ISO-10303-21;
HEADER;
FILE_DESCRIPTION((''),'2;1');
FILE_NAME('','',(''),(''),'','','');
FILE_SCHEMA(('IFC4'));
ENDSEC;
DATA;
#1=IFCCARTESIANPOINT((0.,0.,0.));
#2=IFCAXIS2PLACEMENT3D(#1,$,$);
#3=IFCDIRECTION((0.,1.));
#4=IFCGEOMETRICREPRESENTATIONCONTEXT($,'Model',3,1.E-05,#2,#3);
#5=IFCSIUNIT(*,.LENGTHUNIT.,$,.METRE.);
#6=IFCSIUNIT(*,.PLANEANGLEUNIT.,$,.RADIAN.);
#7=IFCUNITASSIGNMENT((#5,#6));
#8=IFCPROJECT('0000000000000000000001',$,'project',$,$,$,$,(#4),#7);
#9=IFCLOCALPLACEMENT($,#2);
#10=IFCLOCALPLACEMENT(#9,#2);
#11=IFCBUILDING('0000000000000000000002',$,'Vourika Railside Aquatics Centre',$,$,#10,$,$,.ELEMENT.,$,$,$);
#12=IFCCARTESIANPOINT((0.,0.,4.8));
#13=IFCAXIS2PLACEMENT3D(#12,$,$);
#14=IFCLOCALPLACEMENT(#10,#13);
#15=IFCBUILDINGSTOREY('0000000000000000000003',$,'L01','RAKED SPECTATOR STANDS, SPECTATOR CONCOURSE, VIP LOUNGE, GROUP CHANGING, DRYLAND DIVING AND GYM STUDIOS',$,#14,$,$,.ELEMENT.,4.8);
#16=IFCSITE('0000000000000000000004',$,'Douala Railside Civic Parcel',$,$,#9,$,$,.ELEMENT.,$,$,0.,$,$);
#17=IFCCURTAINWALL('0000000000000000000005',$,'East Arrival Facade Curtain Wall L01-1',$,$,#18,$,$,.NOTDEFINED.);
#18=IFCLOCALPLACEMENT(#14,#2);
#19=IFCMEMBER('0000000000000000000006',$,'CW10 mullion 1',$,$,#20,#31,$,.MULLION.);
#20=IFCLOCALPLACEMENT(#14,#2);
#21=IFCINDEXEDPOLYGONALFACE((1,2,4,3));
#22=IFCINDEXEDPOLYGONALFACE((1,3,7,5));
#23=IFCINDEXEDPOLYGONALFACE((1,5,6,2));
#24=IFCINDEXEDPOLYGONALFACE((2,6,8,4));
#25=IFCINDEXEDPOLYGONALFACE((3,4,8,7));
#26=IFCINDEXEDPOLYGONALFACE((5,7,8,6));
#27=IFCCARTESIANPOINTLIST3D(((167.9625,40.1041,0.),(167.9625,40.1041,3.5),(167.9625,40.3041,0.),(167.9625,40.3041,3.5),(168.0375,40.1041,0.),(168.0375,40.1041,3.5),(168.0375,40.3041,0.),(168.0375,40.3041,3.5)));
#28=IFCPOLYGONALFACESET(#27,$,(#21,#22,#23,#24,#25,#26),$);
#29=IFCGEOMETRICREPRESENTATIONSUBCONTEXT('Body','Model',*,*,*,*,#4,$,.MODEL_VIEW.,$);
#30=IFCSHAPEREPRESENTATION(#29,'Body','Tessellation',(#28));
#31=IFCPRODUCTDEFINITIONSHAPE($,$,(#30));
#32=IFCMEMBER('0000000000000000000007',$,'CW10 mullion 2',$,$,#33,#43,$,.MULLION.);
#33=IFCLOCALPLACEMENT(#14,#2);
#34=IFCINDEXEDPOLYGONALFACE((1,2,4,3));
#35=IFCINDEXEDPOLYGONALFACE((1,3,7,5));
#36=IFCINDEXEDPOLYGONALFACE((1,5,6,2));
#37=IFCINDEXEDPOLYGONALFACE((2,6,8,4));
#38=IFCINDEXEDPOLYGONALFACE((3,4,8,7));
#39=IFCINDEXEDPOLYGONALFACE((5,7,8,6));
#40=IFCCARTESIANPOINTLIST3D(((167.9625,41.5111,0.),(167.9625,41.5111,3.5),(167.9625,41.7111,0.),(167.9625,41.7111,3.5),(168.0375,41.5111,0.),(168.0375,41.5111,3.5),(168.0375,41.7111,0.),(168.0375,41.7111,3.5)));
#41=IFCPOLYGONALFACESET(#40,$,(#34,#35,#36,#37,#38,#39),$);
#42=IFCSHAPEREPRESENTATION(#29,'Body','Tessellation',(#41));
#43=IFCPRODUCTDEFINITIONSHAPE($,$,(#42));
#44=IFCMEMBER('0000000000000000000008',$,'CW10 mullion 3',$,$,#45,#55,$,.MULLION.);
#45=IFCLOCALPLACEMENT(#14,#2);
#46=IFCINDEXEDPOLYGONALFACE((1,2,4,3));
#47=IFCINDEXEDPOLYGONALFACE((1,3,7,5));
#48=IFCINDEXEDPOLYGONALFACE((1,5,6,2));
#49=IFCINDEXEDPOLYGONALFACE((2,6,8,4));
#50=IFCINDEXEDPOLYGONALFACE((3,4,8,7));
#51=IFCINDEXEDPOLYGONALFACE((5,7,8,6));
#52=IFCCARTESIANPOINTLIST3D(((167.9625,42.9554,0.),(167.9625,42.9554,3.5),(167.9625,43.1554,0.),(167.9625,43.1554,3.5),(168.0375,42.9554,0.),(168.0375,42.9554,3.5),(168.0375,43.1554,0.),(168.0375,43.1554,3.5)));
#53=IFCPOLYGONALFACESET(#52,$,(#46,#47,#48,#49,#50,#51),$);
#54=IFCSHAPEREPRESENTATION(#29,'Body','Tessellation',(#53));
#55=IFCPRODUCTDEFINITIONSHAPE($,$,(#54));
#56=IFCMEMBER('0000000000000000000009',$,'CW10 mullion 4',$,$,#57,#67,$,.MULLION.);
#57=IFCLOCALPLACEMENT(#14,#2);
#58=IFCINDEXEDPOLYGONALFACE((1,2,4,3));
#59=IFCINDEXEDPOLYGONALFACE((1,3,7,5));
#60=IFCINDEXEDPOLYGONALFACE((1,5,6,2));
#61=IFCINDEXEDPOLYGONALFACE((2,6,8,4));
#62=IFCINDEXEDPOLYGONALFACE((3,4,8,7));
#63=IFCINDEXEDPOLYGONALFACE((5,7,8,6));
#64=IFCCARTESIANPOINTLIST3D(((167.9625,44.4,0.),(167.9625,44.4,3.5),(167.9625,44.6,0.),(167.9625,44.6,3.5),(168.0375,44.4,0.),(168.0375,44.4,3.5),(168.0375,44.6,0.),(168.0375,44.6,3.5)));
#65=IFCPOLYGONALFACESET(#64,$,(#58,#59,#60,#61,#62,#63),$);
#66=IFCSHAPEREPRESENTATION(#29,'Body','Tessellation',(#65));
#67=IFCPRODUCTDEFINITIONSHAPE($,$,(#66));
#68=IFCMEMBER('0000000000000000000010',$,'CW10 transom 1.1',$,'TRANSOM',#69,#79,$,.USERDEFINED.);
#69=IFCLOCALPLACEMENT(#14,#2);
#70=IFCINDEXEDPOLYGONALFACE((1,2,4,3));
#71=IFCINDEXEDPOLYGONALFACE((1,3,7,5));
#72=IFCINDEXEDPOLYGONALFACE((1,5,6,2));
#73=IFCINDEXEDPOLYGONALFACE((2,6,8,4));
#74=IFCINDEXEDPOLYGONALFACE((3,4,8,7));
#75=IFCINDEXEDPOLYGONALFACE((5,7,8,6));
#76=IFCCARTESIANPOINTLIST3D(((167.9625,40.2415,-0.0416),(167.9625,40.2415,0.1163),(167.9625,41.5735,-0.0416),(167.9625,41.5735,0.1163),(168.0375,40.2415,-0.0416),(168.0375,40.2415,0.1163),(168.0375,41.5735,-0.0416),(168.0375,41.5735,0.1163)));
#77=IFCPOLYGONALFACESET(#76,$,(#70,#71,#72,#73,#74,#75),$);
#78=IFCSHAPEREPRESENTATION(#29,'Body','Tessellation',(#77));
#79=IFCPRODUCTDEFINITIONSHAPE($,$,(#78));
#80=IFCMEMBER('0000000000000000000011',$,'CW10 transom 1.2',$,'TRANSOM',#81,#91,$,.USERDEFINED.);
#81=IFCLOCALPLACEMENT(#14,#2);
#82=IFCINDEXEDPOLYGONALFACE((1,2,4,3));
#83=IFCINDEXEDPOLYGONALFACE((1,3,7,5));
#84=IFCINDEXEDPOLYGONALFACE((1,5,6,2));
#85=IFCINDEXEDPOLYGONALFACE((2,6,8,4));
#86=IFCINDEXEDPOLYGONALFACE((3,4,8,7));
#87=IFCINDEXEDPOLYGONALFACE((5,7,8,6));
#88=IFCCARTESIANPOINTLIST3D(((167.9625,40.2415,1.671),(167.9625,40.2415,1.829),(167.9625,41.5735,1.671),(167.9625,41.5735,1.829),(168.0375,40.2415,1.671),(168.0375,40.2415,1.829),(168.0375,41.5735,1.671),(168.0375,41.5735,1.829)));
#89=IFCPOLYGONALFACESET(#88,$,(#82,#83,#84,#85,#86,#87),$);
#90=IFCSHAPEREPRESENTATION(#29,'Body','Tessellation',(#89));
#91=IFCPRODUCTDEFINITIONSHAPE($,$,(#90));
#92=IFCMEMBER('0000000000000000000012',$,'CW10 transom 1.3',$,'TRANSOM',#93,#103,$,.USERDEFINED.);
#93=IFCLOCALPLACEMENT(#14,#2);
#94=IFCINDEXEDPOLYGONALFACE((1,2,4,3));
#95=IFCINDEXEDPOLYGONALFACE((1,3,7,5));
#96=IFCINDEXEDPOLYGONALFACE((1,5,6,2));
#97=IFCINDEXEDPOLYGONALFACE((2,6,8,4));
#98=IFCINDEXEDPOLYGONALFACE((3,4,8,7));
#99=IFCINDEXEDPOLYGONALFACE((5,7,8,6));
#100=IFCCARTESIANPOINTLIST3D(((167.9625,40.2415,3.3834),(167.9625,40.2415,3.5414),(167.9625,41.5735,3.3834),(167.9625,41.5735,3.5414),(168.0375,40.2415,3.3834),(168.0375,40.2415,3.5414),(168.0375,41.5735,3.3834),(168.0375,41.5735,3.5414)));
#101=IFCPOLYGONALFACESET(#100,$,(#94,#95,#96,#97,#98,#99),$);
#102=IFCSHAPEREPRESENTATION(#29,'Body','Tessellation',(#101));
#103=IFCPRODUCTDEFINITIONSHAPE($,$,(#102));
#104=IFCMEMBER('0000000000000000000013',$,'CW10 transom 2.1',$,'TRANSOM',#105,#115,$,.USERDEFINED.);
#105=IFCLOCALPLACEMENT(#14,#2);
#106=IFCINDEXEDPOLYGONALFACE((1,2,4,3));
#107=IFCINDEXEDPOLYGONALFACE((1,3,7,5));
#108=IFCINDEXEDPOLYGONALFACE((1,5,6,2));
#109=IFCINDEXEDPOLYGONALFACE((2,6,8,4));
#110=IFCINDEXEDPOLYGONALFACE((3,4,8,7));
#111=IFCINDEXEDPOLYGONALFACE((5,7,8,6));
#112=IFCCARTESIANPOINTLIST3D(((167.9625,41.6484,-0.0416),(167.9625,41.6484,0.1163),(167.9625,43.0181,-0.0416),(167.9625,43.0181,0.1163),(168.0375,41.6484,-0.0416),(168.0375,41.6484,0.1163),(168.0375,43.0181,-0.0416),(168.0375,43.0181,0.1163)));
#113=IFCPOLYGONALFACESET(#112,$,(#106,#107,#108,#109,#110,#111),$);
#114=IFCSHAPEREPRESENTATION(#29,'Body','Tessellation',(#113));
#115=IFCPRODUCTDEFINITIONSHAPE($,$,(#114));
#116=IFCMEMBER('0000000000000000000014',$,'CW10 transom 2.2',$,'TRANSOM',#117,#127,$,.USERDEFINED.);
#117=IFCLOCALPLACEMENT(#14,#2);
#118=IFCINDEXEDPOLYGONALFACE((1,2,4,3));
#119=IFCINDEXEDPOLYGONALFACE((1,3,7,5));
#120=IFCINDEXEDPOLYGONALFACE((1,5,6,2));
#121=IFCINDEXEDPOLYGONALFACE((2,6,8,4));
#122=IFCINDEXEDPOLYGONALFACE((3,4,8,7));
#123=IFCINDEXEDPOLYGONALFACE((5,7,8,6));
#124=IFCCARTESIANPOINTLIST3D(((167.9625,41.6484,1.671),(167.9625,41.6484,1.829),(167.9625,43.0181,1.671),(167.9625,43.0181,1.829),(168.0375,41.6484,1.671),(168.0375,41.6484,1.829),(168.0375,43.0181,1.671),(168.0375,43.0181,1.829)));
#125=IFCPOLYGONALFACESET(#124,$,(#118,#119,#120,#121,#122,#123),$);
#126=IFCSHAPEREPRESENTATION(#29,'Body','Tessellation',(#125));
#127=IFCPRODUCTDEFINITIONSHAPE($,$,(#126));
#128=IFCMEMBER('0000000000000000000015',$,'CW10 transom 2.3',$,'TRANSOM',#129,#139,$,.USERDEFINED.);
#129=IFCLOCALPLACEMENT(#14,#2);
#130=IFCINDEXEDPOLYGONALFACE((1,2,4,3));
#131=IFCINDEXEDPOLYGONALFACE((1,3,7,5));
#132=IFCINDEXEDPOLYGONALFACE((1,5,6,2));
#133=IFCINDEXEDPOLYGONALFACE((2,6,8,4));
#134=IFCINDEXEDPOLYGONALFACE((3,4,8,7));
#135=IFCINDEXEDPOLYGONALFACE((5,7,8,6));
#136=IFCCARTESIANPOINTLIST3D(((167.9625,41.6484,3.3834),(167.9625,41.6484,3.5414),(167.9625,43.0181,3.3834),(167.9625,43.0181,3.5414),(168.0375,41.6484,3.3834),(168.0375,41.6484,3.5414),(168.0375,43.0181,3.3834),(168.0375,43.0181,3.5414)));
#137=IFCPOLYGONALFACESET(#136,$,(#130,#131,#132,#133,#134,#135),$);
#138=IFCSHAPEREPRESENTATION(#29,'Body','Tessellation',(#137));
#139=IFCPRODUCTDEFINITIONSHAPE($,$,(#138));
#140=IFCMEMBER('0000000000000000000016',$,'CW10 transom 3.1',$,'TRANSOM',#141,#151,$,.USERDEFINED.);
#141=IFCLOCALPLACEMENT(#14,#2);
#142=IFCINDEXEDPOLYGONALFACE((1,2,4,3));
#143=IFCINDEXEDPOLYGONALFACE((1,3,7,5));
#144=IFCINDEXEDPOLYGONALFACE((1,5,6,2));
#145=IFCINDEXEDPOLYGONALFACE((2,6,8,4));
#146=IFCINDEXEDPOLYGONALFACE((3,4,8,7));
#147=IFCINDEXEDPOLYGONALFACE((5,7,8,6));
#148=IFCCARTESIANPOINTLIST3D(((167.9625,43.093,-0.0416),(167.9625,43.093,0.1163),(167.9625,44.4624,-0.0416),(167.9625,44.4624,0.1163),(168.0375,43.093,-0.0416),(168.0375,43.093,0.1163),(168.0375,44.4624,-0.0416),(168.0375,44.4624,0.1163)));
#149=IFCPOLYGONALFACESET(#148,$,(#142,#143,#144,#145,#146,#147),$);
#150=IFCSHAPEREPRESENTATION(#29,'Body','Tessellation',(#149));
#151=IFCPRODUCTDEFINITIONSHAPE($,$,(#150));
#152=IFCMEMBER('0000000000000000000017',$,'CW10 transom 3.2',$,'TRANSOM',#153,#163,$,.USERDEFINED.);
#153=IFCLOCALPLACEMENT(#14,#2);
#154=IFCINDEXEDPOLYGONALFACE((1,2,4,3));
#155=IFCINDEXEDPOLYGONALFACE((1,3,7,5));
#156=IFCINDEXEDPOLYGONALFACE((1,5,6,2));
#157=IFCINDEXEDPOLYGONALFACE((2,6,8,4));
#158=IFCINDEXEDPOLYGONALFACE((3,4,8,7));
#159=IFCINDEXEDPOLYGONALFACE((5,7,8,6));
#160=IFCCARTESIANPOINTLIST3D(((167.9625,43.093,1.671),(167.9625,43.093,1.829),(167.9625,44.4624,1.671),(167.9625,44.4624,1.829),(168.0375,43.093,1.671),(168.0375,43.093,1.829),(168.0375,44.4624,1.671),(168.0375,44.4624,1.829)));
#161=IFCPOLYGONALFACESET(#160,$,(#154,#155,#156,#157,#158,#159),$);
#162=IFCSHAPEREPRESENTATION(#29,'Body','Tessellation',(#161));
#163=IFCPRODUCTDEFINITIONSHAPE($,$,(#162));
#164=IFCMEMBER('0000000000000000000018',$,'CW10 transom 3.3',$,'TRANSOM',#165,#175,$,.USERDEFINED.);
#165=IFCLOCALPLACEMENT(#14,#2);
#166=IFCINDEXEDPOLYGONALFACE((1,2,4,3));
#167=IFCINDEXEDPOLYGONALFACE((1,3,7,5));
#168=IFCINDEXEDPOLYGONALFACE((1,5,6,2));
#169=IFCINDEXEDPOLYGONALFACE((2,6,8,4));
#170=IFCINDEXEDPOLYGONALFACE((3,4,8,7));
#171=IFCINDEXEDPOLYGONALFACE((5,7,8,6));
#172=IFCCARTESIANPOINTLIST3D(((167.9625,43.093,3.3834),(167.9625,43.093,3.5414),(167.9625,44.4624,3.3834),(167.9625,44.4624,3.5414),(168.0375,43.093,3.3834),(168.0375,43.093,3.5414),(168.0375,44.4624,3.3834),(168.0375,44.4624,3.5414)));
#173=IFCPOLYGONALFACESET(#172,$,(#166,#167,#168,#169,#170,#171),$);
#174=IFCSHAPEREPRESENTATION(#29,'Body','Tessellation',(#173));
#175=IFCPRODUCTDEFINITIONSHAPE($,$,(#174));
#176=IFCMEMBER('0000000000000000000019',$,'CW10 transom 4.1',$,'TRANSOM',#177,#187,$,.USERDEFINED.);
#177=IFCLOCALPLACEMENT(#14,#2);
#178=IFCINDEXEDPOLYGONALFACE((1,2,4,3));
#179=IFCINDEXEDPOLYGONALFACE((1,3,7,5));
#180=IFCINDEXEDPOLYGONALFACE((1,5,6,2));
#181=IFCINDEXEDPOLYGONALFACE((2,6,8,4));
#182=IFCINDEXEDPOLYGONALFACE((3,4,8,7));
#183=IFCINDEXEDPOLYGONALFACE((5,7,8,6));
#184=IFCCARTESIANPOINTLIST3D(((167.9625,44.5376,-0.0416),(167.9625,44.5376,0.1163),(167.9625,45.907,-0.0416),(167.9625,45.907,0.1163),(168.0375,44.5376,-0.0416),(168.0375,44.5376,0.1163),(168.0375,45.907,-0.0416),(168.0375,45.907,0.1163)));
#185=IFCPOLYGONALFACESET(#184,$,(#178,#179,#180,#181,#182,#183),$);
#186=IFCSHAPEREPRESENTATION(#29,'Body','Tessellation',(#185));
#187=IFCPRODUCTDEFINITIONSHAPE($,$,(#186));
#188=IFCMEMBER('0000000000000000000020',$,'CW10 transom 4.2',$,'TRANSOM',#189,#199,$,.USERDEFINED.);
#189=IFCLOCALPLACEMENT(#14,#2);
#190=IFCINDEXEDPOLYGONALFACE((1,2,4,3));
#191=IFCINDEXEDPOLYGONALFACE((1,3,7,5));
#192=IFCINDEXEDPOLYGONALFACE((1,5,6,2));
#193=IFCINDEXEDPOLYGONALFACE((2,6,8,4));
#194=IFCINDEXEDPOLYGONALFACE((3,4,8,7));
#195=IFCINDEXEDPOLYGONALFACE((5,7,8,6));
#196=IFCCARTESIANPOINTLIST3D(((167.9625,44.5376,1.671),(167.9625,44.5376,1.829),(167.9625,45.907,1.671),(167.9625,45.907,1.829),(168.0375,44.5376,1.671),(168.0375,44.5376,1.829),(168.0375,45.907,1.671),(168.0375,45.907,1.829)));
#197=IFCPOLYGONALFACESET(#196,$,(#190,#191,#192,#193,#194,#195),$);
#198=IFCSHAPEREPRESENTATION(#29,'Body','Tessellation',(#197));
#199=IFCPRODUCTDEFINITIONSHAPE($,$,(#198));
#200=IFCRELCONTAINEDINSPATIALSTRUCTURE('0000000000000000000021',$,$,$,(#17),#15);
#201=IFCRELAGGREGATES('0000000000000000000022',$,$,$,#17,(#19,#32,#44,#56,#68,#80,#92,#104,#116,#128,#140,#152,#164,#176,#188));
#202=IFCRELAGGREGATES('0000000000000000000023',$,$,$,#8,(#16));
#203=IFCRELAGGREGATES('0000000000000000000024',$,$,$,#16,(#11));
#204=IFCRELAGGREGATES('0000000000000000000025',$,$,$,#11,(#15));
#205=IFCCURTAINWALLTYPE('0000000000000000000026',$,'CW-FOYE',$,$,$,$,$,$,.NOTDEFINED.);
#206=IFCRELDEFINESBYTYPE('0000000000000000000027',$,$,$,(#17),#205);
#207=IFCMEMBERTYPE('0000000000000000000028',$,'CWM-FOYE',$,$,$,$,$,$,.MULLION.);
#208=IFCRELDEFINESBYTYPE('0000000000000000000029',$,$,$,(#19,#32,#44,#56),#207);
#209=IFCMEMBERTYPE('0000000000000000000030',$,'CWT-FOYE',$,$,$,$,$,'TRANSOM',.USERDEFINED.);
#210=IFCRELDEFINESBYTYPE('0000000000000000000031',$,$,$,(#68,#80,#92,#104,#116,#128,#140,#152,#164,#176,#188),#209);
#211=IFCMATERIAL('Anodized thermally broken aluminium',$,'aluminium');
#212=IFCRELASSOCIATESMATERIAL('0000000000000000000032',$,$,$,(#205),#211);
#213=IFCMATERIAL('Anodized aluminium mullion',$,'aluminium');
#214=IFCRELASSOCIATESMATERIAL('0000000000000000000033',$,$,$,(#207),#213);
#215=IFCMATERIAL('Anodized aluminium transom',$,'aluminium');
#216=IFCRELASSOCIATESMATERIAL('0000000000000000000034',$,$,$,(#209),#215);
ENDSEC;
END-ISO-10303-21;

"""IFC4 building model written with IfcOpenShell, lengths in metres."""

from ifc_helpers import new_model, si_unit, direction, frame, origin, origin_2d, place, context, subcontext, project, spatial, rectangle, extrude, material, material_profile, profile_set, type_object, element, aggregate, save


model = new_model("IFC4")

# Units and contexts
model_context = context("Model", 3, precision=1e-05, world=origin(), true_north=direction((0.0, 1.0)))
body_context = subcontext(model_context, "Body", "Model", "MODEL_VIEW")
ifc_project = project(units=[si_unit("LENGTHUNIT", "METRE"), si_unit("PLANEANGLEUNIT", "RADIAN")], contexts=[model_context])

# Site, building, storey
site_placement = place(None, origin())
site = spatial("IfcSite", under=ifc_project, at=site_placement, Name="Douala Railside Civic Parcel", CompositionType="ELEMENT", RefElevation=0.0)
building_placement = place(site_placement, origin())
building = spatial("IfcBuilding", under=site, at=building_placement, Name="Vourika Railside Aquatics Centre", CompositionType="ELEMENT")
storey_placement = place(building_placement, frame((0.0, 0.0, 4.8)))
storey = spatial("IfcBuildingStorey", under=building, at=storey_placement, Name="L01", Description="RAKED SPECTATOR STANDS, SPECTATOR CONCOURSE, VIP LOUNGE, GROUP CHANGING, DRYLAND DIVING AND GYM STUDIOS", CompositionType="ELEMENT", Elevation=4.8)

# Curtain wall, members
ifc_material_1 = material(Name="Anodized thermally broken aluminium", Category="aluminium")
curtain_wall_type = type_object("IfcCurtainWallType", Name="CW-FOYE", PredefinedType="NOTDEFINED", material=ifc_material_1)
curtain_wall_placement = place(storey_placement, origin())
curtain_wall = element("IfcCurtainWall", 1, at=curtain_wall_placement, inside=storey, type_object=curtain_wall_type, Name="East Arrival Facade Curtain Wall L01-1", PredefinedType="NOTDEFINED")
ifc_material_2 = material(Name="Anodized aluminium mullion", Category="aluminium")
ifc_material_profile_1 = material_profile(ifc_material_2, rectangle(XDim=0.075, YDim=0.2, at=origin_2d()), Name="ALU-M 75x200")
ifc_profile_set_1 = profile_set([ifc_material_profile_1], Name="Anodized aluminium mullion")
member_type_1 = type_object("IfcMemberType", Name="CWM-FOYE", PredefinedType="MULLION", material=ifc_profile_set_1)
member_1_placement = place(storey_placement, frame((168.0, 40.2041, 0.0), z_axis=(0.0, 0.0, 1.0), x_axis=(-1.0, 0.0, 0.0)))
member_1 = element("IfcMember", 2, at=member_1_placement, type_object=member_type_1, Name="CW10 mullion 1", PredefinedType="MULLION", context=body_context, shape_type="SweptSolid", body=[
    extrude(rectangle(XDim=0.075, YDim=0.2, at=origin_2d()), origin(), (0.0, 0.0, 1.0), 3.5),
])
member_2_placement = place(storey_placement, frame((168.0, 41.6111, 0.0), z_axis=(0.0, 0.0, 1.0), x_axis=(-1.0, 0.0, 0.0)))
member_2 = element("IfcMember", 3, at=member_2_placement, type_object=member_type_1, Name="CW10 mullion 2", PredefinedType="MULLION", context=body_context, shape_type="SweptSolid", body=[
    extrude(rectangle(XDim=0.075, YDim=0.2, at=origin_2d()), origin(), (0.0, 0.0, 1.0), 3.5),
])
member_3_placement = place(storey_placement, frame((168.0, 43.0554, 0.0), z_axis=(0.0, 0.0, 1.0), x_axis=(-1.0, 0.0, 0.0)))
member_3 = element("IfcMember", 4, at=member_3_placement, type_object=member_type_1, Name="CW10 mullion 3", PredefinedType="MULLION", context=body_context, shape_type="SweptSolid", body=[
    extrude(rectangle(XDim=0.075, YDim=0.2, at=origin_2d()), origin(), (0.0, 0.0, 1.0), 3.5),
])
member_4_placement = place(storey_placement, frame((168.0, 44.5, 0.0), z_axis=(0.0, 0.0, 1.0), x_axis=(-1.0, 0.0, 0.0)))
member_4 = element("IfcMember", 5, at=member_4_placement, type_object=member_type_1, Name="CW10 mullion 4", PredefinedType="MULLION", context=body_context, shape_type="SweptSolid", body=[
    extrude(rectangle(XDim=0.075, YDim=0.2, at=origin_2d()), origin(), (0.0, 0.0, 1.0), 3.5),
])
ifc_material_3 = material(Name="Anodized aluminium transom", Category="aluminium")
ifc_material_profile_2 = material_profile(ifc_material_3, rectangle(XDim=0.075, YDim=0.158, at=origin_2d()), Name="ALU-T 75x158")
ifc_profile_set_2 = profile_set([ifc_material_profile_2], Name="Anodized aluminium transom")
member_type_2 = type_object("IfcMemberType", Name="CWT-FOYE", ElementType="TRANSOM", PredefinedType="USERDEFINED", material=ifc_profile_set_2)
member_5_placement = place(storey_placement, frame((168.0, 40.2415, 0.0374), z_axis=(0.0, 1.0, 0.0), x_axis=(-1.0, 0.0, 0.0)))
member_5 = element("IfcMember", 6, at=member_5_placement, type_object=member_type_2, Name="CW10 transom 1.1", ObjectType="TRANSOM", PredefinedType="USERDEFINED", context=body_context, shape_type="SweptSolid", body=[
    extrude(rectangle(XDim=0.075, YDim=0.158, at=origin_2d()), origin(), (0.0, 0.0, 1.0), 1.332),
])
member_6_placement = place(storey_placement, frame((168.0, 40.2415, 1.75), z_axis=(0.0, 1.0, 0.0), x_axis=(-1.0, 0.0, 0.0)))
member_6 = element("IfcMember", 7, at=member_6_placement, type_object=member_type_2, Name="CW10 transom 1.2", ObjectType="TRANSOM", PredefinedType="USERDEFINED", context=body_context, shape_type="SweptSolid", body=[
    extrude(rectangle(XDim=0.075, YDim=0.158, at=origin_2d()), origin(), (0.0, 0.0, 1.0), 1.332),
])
member_7_placement = place(storey_placement, frame((168.0, 40.2415, 3.4624), z_axis=(0.0, 1.0, 0.0), x_axis=(-1.0, 0.0, 0.0)))
member_7 = element("IfcMember", 8, at=member_7_placement, type_object=member_type_2, Name="CW10 transom 1.3", ObjectType="TRANSOM", PredefinedType="USERDEFINED", context=body_context, shape_type="SweptSolid", body=[
    extrude(rectangle(XDim=0.075, YDim=0.158, at=origin_2d()), origin(), (0.0, 0.0, 1.0), 1.332),
])
member_8_placement = place(storey_placement, frame((168.0, 41.6484, 0.0374), z_axis=(0.0, 1.0, 0.0), x_axis=(-1.0, 0.0, 0.0)))
member_8 = element("IfcMember", 9, at=member_8_placement, type_object=member_type_2, Name="CW10 transom 2.1", ObjectType="TRANSOM", PredefinedType="USERDEFINED", context=body_context, shape_type="SweptSolid", body=[
    extrude(rectangle(XDim=0.075, YDim=0.158, at=origin_2d()), origin(), (0.0, 0.0, 1.0), 1.3696),
])
member_9_placement = place(storey_placement, frame((168.0, 41.6484, 1.75), z_axis=(0.0, 1.0, 0.0), x_axis=(-1.0, 0.0, 0.0)))
member_9 = element("IfcMember", 10, at=member_9_placement, type_object=member_type_2, Name="CW10 transom 2.2", ObjectType="TRANSOM", PredefinedType="USERDEFINED", context=body_context, shape_type="SweptSolid", body=[
    extrude(rectangle(XDim=0.075, YDim=0.158, at=origin_2d()), origin(), (0.0, 0.0, 1.0), 1.3696),
])
member_10_placement = place(storey_placement, frame((168.0, 41.6484, 3.4624), z_axis=(0.0, 1.0, 0.0), x_axis=(-1.0, 0.0, 0.0)))
member_10 = element("IfcMember", 11, at=member_10_placement, type_object=member_type_2, Name="CW10 transom 2.3", ObjectType="TRANSOM", PredefinedType="USERDEFINED", context=body_context, shape_type="SweptSolid", body=[
    extrude(rectangle(XDim=0.075, YDim=0.158, at=origin_2d()), origin(), (0.0, 0.0, 1.0), 1.3696),
])
member_11_placement = place(storey_placement, frame((168.0, 43.093, 0.0374), z_axis=(0.0, 1.0, 0.0), x_axis=(-1.0, 0.0, 0.0)))
member_11 = element("IfcMember", 12, at=member_11_placement, type_object=member_type_2, Name="CW10 transom 3.1", ObjectType="TRANSOM", PredefinedType="USERDEFINED", context=body_context, shape_type="SweptSolid", body=[
    extrude(rectangle(XDim=0.075, YDim=0.158, at=origin_2d()), origin(), (0.0, 0.0, 1.0), 1.3694),
])
member_12_placement = place(storey_placement, frame((168.0, 43.093, 1.75), z_axis=(0.0, 1.0, 0.0), x_axis=(-1.0, 0.0, 0.0)))
member_12 = element("IfcMember", 13, at=member_12_placement, type_object=member_type_2, Name="CW10 transom 3.2", ObjectType="TRANSOM", PredefinedType="USERDEFINED", context=body_context, shape_type="SweptSolid", body=[
    extrude(rectangle(XDim=0.075, YDim=0.158, at=origin_2d()), origin(), (0.0, 0.0, 1.0), 1.3694),
])
member_13_placement = place(storey_placement, frame((168.0, 43.093, 3.4624), z_axis=(0.0, 1.0, 0.0), x_axis=(-1.0, 0.0, 0.0)))
member_13 = element("IfcMember", 14, at=member_13_placement, type_object=member_type_2, Name="CW10 transom 3.3", ObjectType="TRANSOM", PredefinedType="USERDEFINED", context=body_context, shape_type="SweptSolid", body=[
    extrude(rectangle(XDim=0.075, YDim=0.158, at=origin_2d()), origin(), (0.0, 0.0, 1.0), 1.3694),
])
member_14_placement = place(storey_placement, frame((168.0, 44.5376, 0.0374), z_axis=(0.0, 1.0, 0.0), x_axis=(-1.0, 0.0, 0.0)))
member_14 = element("IfcMember", 15, at=member_14_placement, type_object=member_type_2, Name="CW10 transom 4.1", ObjectType="TRANSOM", PredefinedType="USERDEFINED", context=body_context, shape_type="SweptSolid", body=[
    extrude(rectangle(XDim=0.075, YDim=0.158, at=origin_2d()), origin(), (0.0, 0.0, 1.0), 1.3694),
])
member_15_placement = place(storey_placement, frame((168.0, 44.5376, 1.75), z_axis=(0.0, 1.0, 0.0), x_axis=(-1.0, 0.0, 0.0)))
member_15 = element("IfcMember", 16, at=member_15_placement, type_object=member_type_2, Name="CW10 transom 4.2", ObjectType="TRANSOM", PredefinedType="USERDEFINED", context=body_context, shape_type="SweptSolid", body=[
    extrude(rectangle(XDim=0.075, YDim=0.158, at=origin_2d()), origin(), (0.0, 0.0, 1.0), 1.3694),
])
aggregate(curtain_wall, [member_1, member_2, member_3, member_4, member_5, member_6, member_7, member_8, member_9, member_10, member_11, member_12, member_13, member_14, member_15])

save(model, "model.ifc")
